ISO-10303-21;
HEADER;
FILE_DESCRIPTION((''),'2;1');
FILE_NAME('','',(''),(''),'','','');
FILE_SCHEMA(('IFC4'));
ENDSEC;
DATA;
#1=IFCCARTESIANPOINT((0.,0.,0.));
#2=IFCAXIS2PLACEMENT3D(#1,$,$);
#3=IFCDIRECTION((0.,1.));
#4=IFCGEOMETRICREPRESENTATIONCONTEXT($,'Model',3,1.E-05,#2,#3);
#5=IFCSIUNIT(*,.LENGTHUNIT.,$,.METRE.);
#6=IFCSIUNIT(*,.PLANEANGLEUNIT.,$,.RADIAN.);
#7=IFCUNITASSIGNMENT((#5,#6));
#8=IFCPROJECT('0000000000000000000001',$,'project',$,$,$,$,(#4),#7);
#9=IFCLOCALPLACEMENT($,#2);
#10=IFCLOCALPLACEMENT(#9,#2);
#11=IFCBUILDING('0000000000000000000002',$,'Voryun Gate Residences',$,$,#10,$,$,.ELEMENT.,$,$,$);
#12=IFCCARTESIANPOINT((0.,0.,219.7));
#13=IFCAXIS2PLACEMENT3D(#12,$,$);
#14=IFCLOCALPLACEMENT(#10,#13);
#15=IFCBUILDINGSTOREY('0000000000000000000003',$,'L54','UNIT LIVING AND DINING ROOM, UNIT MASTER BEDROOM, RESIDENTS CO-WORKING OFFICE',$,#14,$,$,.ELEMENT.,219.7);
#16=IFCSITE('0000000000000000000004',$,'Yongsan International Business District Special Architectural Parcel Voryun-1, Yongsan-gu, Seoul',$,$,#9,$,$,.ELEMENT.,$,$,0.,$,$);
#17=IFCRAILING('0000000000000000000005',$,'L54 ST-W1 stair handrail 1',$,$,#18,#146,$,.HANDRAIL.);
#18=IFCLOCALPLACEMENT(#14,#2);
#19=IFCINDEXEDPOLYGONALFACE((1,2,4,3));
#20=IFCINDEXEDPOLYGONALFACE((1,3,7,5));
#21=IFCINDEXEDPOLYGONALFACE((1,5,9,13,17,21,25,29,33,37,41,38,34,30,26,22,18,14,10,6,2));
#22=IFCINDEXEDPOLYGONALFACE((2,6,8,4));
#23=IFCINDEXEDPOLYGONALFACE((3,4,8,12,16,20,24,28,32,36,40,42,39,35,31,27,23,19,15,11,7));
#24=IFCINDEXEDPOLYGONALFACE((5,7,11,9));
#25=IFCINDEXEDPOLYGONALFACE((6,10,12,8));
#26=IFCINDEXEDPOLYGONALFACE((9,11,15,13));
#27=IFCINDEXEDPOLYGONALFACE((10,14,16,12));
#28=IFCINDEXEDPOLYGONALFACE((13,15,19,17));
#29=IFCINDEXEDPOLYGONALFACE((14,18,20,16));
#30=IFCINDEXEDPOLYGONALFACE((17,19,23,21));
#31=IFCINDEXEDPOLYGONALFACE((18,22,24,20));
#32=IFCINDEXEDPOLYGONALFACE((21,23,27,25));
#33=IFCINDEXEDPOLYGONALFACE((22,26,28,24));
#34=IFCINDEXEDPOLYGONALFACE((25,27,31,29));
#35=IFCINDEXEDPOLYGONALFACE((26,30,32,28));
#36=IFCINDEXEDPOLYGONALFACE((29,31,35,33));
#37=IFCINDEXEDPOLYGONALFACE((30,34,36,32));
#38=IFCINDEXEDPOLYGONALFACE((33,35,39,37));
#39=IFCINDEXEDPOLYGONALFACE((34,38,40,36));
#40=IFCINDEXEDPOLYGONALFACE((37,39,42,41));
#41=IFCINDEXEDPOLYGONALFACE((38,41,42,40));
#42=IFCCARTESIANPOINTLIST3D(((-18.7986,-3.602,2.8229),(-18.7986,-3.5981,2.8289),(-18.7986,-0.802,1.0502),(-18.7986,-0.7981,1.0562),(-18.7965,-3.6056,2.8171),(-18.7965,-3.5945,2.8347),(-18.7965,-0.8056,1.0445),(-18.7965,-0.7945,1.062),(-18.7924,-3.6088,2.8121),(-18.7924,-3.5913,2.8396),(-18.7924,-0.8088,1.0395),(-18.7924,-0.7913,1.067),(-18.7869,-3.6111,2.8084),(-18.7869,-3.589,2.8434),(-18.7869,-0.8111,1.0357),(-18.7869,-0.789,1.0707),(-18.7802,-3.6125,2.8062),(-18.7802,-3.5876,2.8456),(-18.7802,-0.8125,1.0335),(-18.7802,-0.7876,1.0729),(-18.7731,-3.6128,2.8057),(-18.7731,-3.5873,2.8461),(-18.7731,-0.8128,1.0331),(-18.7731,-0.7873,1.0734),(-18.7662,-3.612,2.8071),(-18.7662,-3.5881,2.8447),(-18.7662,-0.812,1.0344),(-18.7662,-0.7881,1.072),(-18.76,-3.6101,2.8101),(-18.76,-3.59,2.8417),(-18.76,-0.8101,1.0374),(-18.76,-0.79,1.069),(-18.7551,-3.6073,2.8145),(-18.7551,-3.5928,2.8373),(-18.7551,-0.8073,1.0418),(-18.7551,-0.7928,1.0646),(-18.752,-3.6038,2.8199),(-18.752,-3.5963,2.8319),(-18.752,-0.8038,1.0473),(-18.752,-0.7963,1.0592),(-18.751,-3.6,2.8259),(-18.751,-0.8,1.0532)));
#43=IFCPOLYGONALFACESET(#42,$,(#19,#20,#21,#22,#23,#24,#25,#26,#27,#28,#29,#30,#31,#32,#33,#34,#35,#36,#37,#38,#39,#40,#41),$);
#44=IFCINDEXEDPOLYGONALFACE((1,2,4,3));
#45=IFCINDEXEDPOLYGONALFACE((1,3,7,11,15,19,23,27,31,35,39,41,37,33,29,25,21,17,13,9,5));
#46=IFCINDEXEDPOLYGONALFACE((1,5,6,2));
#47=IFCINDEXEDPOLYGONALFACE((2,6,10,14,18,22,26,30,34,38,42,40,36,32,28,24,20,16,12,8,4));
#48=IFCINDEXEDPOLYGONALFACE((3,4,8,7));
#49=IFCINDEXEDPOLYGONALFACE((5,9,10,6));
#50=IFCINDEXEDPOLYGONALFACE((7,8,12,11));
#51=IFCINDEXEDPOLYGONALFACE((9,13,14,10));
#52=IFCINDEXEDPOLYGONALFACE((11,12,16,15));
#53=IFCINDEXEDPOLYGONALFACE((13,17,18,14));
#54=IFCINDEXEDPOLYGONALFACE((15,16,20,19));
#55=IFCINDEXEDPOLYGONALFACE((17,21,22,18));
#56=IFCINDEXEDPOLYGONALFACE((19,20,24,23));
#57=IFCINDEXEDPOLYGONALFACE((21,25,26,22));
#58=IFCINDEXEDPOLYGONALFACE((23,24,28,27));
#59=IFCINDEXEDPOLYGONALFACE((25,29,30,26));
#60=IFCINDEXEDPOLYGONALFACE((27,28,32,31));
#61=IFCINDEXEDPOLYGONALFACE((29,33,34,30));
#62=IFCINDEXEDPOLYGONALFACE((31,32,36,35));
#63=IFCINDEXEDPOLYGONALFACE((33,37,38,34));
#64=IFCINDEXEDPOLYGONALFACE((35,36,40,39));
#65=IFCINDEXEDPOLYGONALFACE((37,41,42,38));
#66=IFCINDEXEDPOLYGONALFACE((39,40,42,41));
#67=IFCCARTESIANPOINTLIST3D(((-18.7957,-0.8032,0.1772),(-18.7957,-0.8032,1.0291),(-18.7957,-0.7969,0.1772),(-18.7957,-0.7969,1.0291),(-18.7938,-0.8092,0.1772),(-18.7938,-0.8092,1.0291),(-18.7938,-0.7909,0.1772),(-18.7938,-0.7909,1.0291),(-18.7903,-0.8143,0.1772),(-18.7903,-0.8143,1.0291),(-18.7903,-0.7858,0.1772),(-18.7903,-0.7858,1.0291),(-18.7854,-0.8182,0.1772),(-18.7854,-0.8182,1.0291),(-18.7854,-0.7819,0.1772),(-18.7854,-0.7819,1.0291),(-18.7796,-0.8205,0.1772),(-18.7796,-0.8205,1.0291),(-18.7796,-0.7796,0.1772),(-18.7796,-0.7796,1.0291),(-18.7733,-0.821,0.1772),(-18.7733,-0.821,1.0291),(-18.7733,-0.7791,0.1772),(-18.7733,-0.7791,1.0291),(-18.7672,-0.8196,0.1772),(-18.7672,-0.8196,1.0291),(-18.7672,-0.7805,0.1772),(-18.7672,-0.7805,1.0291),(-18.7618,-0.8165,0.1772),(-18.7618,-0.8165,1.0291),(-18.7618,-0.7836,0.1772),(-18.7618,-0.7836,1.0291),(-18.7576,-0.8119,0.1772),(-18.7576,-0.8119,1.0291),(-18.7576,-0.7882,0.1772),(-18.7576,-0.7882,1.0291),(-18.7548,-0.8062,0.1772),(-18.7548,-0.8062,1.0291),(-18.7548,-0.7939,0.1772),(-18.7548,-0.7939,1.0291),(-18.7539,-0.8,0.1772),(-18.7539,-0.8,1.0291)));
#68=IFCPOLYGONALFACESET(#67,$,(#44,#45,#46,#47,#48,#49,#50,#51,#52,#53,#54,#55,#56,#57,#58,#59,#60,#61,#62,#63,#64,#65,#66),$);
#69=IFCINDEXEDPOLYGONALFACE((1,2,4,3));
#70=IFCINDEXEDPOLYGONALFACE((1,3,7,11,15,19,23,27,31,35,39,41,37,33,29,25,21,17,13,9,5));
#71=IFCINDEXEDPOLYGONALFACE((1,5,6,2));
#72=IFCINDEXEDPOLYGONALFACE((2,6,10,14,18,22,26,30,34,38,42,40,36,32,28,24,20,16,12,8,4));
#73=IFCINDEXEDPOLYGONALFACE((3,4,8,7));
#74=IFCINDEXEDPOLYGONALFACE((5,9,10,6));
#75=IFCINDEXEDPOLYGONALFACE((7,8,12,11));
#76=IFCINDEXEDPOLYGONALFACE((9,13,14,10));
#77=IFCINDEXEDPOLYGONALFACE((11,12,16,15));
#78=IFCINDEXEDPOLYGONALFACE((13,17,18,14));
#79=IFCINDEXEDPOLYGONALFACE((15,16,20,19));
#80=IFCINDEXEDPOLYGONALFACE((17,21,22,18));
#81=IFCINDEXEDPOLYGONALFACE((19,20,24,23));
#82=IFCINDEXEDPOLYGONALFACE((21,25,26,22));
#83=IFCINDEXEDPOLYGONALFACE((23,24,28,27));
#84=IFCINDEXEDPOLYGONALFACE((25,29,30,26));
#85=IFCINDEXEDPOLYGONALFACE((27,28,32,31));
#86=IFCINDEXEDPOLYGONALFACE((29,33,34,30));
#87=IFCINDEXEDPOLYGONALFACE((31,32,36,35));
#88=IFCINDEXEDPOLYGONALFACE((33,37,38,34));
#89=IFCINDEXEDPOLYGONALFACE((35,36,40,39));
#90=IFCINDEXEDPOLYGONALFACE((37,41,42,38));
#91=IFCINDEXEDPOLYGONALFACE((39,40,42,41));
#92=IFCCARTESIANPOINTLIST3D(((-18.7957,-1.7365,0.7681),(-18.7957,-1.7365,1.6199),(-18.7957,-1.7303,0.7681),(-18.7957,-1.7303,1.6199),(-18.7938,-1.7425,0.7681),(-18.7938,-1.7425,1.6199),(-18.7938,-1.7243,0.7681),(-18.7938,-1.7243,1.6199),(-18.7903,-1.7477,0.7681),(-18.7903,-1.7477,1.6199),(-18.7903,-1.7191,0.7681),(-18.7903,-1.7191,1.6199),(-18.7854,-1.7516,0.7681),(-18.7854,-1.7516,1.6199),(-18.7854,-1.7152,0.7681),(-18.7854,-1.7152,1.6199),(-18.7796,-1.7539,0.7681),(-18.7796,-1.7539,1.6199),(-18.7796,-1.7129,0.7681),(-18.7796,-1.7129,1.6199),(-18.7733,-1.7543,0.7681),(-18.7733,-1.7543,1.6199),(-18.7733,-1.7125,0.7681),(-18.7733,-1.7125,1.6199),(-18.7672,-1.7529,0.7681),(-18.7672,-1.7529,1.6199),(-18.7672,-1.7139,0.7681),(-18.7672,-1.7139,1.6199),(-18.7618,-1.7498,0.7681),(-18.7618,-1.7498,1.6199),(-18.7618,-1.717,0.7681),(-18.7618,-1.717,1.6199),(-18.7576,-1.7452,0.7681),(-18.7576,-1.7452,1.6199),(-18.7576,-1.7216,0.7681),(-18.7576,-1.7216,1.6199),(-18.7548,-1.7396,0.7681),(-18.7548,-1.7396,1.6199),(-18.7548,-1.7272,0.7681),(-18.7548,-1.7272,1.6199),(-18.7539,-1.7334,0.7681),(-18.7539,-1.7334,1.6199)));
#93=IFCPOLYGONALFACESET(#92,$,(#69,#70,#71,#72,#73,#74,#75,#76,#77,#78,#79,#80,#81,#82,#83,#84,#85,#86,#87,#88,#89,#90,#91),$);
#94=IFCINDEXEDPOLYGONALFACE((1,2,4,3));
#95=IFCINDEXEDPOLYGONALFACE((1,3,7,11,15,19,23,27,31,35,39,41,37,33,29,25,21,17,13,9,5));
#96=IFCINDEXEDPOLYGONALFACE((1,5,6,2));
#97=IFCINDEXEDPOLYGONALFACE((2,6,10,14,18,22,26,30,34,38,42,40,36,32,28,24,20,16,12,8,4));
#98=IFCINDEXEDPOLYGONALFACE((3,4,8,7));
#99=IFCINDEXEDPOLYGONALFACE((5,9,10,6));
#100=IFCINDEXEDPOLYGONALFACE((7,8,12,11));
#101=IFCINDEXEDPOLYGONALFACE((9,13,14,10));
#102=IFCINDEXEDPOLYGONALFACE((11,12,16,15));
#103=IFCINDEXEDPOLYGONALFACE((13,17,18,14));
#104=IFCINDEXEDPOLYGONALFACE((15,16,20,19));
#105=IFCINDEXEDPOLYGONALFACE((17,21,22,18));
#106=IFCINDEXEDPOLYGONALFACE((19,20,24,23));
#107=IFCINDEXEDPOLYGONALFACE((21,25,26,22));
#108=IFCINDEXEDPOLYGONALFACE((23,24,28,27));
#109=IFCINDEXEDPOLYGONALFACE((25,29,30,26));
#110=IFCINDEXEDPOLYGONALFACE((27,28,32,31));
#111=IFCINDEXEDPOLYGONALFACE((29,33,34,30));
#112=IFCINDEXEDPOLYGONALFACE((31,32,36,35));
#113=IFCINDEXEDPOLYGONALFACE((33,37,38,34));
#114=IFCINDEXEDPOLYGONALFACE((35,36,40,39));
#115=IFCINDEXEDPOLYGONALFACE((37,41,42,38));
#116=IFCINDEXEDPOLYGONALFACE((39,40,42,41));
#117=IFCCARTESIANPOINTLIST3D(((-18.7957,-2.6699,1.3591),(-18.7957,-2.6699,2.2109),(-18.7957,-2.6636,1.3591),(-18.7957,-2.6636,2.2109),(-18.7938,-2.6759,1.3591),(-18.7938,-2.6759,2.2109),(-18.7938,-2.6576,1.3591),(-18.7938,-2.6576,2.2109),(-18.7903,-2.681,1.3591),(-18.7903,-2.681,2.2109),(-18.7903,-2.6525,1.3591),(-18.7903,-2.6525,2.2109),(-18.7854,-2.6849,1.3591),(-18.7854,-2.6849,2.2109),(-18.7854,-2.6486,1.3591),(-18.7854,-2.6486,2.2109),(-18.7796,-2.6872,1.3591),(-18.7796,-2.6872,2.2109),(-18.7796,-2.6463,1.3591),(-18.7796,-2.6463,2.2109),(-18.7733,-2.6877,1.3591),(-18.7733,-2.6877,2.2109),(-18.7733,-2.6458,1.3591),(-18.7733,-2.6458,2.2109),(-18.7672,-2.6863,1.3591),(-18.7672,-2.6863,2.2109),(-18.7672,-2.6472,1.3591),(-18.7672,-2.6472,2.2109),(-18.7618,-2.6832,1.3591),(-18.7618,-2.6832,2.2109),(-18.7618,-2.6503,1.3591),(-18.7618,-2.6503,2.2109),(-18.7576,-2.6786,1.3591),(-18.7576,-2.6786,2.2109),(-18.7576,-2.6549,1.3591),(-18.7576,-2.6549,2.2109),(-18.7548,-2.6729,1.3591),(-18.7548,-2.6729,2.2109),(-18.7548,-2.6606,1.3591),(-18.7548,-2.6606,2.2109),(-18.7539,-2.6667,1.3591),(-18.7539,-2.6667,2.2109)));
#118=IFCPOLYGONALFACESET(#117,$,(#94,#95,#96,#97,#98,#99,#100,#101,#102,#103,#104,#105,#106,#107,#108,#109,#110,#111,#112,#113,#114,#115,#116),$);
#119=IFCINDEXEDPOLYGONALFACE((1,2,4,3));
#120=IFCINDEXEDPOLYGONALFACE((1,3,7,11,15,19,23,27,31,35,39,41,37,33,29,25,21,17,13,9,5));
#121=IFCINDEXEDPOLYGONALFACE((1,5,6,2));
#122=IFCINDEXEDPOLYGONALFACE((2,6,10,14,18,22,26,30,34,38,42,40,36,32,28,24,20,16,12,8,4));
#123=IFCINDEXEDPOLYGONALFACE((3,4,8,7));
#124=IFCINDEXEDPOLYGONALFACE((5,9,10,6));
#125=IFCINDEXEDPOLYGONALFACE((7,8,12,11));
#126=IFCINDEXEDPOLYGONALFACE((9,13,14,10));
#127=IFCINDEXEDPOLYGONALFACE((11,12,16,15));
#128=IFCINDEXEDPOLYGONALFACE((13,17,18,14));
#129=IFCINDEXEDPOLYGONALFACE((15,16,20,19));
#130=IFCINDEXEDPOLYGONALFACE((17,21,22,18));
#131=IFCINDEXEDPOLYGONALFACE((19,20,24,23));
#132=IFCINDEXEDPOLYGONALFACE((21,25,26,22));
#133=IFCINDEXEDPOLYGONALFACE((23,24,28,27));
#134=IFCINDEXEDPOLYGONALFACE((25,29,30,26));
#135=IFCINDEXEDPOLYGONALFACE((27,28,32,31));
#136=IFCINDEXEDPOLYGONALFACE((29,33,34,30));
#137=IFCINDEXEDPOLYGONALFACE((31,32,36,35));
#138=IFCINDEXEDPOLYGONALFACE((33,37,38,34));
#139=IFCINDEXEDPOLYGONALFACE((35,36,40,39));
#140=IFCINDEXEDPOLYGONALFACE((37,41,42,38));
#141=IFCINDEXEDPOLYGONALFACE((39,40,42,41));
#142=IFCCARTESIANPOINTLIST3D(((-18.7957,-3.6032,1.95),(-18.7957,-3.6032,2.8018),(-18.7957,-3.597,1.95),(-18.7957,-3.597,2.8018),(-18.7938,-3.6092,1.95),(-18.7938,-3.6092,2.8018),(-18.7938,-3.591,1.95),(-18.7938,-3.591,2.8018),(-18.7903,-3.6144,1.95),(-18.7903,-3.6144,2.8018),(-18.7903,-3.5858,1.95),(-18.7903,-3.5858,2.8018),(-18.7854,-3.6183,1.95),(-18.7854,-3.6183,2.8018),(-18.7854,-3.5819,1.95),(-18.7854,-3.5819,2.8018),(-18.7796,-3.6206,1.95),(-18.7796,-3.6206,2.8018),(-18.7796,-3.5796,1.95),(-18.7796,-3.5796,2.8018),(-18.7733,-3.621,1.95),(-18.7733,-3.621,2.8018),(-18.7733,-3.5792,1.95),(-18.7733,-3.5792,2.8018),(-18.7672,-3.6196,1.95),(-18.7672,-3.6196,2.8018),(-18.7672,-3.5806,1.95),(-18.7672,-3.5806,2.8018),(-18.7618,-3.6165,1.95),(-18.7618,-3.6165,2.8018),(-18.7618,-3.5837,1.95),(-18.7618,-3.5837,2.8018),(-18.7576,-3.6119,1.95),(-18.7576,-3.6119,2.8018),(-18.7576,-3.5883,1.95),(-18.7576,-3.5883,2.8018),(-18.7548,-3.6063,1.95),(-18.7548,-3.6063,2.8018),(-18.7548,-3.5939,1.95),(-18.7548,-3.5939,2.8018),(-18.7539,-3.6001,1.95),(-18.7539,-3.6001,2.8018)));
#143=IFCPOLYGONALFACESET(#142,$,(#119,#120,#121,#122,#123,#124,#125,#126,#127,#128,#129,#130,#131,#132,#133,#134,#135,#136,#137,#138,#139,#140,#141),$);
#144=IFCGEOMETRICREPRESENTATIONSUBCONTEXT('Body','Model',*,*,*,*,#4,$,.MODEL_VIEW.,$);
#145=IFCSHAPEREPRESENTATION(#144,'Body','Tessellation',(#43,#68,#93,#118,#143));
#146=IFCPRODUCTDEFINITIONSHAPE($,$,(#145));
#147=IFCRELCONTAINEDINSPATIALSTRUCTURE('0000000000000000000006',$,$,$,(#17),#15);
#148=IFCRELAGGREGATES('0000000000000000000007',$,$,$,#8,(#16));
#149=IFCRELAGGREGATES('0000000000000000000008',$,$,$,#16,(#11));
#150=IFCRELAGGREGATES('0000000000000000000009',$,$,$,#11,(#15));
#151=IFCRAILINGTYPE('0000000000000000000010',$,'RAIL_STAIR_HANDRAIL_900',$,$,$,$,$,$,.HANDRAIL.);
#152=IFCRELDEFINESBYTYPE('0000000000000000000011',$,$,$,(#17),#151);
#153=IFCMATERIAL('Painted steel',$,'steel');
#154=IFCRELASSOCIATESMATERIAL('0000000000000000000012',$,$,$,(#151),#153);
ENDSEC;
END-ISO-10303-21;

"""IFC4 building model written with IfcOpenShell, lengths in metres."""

from ifc_helpers import new_model, si_unit, direction, frame, origin, origin_2d, place, context, subcontext, project, spatial, circle, extrude, material, type_object, element, save


model = new_model("IFC4")

# Units and contexts
model_context = context("Model", 3, precision=1e-05, world=origin(), true_north=direction((0.0, 1.0)))
body_context = subcontext(model_context, "Body", "Model", "MODEL_VIEW")
ifc_project = project(units=[si_unit("LENGTHUNIT", "METRE"), si_unit("PLANEANGLEUNIT", "RADIAN")], contexts=[model_context])

# Site, building, storey
site_placement = place(None, origin())
site = spatial("IfcSite", under=ifc_project, at=site_placement, Name="Yongsan International Business District Special Architectural Parcel Voryun-1, Yongsan-gu, Seoul", CompositionType="ELEMENT", RefElevation=0.0)
building_placement = place(site_placement, origin())
building = spatial("IfcBuilding", under=site, at=building_placement, Name="Voryun Gate Residences", CompositionType="ELEMENT")
storey_placement = place(building_placement, frame((0.0, 0.0, 219.7)))
storey = spatial("IfcBuildingStorey", under=building, at=storey_placement, Name="L54", Description="UNIT LIVING AND DINING ROOM, UNIT MASTER BEDROOM, RESIDENTS CO-WORKING OFFICE", CompositionType="ELEMENT", Elevation=219.7)

# Railing
ifc_material_1 = material(Name="Painted steel", Category="steel")
railing_type_1 = type_object("IfcRailingType", Name="RAIL_STAIR_HANDRAIL_900", PredefinedType="HANDRAIL", material=ifc_material_1)
railing_1_placement = place(storey_placement, frame((-18.7749, -0.8, 0.1772)))
element("IfcRailing", 1, at=railing_1_placement, inside=storey, type_object=railing_type_1, Name="L54 ST-W1 stair handrail 1", PredefinedType="HANDRAIL", context=body_context, shape_type="SweptSolid", body=[
    extrude(circle(Radius=0.0239, at=origin_2d()), frame((0.0, 0.0, 0.876), z_axis=(0.0, -0.844909, 0.53491), x_axis=(1.0, 0.0, 0.0)), (0.0, 0.0, 1.0), 3.314),
    extrude(circle(Radius=0.021, at=origin_2d()), origin(), (0.0, 0.0, 1.0), 0.8518),
    extrude(circle(Radius=0.021, at=origin_2d()), frame((0.0, -0.9333, 0.5908)), (0.0, 0.0, 1.0), 0.8518),
    extrude(circle(Radius=0.021, at=origin_2d()), frame((0.0, -1.8667, 1.1819)), (0.0, 0.0, 1.0), 0.8518),
    extrude(circle(Radius=0.021, at=origin_2d()), frame((0.0, -2.8, 1.7727)), (0.0, 0.0, 1.0), 0.8518),
])

save(model, "model.ifc")
